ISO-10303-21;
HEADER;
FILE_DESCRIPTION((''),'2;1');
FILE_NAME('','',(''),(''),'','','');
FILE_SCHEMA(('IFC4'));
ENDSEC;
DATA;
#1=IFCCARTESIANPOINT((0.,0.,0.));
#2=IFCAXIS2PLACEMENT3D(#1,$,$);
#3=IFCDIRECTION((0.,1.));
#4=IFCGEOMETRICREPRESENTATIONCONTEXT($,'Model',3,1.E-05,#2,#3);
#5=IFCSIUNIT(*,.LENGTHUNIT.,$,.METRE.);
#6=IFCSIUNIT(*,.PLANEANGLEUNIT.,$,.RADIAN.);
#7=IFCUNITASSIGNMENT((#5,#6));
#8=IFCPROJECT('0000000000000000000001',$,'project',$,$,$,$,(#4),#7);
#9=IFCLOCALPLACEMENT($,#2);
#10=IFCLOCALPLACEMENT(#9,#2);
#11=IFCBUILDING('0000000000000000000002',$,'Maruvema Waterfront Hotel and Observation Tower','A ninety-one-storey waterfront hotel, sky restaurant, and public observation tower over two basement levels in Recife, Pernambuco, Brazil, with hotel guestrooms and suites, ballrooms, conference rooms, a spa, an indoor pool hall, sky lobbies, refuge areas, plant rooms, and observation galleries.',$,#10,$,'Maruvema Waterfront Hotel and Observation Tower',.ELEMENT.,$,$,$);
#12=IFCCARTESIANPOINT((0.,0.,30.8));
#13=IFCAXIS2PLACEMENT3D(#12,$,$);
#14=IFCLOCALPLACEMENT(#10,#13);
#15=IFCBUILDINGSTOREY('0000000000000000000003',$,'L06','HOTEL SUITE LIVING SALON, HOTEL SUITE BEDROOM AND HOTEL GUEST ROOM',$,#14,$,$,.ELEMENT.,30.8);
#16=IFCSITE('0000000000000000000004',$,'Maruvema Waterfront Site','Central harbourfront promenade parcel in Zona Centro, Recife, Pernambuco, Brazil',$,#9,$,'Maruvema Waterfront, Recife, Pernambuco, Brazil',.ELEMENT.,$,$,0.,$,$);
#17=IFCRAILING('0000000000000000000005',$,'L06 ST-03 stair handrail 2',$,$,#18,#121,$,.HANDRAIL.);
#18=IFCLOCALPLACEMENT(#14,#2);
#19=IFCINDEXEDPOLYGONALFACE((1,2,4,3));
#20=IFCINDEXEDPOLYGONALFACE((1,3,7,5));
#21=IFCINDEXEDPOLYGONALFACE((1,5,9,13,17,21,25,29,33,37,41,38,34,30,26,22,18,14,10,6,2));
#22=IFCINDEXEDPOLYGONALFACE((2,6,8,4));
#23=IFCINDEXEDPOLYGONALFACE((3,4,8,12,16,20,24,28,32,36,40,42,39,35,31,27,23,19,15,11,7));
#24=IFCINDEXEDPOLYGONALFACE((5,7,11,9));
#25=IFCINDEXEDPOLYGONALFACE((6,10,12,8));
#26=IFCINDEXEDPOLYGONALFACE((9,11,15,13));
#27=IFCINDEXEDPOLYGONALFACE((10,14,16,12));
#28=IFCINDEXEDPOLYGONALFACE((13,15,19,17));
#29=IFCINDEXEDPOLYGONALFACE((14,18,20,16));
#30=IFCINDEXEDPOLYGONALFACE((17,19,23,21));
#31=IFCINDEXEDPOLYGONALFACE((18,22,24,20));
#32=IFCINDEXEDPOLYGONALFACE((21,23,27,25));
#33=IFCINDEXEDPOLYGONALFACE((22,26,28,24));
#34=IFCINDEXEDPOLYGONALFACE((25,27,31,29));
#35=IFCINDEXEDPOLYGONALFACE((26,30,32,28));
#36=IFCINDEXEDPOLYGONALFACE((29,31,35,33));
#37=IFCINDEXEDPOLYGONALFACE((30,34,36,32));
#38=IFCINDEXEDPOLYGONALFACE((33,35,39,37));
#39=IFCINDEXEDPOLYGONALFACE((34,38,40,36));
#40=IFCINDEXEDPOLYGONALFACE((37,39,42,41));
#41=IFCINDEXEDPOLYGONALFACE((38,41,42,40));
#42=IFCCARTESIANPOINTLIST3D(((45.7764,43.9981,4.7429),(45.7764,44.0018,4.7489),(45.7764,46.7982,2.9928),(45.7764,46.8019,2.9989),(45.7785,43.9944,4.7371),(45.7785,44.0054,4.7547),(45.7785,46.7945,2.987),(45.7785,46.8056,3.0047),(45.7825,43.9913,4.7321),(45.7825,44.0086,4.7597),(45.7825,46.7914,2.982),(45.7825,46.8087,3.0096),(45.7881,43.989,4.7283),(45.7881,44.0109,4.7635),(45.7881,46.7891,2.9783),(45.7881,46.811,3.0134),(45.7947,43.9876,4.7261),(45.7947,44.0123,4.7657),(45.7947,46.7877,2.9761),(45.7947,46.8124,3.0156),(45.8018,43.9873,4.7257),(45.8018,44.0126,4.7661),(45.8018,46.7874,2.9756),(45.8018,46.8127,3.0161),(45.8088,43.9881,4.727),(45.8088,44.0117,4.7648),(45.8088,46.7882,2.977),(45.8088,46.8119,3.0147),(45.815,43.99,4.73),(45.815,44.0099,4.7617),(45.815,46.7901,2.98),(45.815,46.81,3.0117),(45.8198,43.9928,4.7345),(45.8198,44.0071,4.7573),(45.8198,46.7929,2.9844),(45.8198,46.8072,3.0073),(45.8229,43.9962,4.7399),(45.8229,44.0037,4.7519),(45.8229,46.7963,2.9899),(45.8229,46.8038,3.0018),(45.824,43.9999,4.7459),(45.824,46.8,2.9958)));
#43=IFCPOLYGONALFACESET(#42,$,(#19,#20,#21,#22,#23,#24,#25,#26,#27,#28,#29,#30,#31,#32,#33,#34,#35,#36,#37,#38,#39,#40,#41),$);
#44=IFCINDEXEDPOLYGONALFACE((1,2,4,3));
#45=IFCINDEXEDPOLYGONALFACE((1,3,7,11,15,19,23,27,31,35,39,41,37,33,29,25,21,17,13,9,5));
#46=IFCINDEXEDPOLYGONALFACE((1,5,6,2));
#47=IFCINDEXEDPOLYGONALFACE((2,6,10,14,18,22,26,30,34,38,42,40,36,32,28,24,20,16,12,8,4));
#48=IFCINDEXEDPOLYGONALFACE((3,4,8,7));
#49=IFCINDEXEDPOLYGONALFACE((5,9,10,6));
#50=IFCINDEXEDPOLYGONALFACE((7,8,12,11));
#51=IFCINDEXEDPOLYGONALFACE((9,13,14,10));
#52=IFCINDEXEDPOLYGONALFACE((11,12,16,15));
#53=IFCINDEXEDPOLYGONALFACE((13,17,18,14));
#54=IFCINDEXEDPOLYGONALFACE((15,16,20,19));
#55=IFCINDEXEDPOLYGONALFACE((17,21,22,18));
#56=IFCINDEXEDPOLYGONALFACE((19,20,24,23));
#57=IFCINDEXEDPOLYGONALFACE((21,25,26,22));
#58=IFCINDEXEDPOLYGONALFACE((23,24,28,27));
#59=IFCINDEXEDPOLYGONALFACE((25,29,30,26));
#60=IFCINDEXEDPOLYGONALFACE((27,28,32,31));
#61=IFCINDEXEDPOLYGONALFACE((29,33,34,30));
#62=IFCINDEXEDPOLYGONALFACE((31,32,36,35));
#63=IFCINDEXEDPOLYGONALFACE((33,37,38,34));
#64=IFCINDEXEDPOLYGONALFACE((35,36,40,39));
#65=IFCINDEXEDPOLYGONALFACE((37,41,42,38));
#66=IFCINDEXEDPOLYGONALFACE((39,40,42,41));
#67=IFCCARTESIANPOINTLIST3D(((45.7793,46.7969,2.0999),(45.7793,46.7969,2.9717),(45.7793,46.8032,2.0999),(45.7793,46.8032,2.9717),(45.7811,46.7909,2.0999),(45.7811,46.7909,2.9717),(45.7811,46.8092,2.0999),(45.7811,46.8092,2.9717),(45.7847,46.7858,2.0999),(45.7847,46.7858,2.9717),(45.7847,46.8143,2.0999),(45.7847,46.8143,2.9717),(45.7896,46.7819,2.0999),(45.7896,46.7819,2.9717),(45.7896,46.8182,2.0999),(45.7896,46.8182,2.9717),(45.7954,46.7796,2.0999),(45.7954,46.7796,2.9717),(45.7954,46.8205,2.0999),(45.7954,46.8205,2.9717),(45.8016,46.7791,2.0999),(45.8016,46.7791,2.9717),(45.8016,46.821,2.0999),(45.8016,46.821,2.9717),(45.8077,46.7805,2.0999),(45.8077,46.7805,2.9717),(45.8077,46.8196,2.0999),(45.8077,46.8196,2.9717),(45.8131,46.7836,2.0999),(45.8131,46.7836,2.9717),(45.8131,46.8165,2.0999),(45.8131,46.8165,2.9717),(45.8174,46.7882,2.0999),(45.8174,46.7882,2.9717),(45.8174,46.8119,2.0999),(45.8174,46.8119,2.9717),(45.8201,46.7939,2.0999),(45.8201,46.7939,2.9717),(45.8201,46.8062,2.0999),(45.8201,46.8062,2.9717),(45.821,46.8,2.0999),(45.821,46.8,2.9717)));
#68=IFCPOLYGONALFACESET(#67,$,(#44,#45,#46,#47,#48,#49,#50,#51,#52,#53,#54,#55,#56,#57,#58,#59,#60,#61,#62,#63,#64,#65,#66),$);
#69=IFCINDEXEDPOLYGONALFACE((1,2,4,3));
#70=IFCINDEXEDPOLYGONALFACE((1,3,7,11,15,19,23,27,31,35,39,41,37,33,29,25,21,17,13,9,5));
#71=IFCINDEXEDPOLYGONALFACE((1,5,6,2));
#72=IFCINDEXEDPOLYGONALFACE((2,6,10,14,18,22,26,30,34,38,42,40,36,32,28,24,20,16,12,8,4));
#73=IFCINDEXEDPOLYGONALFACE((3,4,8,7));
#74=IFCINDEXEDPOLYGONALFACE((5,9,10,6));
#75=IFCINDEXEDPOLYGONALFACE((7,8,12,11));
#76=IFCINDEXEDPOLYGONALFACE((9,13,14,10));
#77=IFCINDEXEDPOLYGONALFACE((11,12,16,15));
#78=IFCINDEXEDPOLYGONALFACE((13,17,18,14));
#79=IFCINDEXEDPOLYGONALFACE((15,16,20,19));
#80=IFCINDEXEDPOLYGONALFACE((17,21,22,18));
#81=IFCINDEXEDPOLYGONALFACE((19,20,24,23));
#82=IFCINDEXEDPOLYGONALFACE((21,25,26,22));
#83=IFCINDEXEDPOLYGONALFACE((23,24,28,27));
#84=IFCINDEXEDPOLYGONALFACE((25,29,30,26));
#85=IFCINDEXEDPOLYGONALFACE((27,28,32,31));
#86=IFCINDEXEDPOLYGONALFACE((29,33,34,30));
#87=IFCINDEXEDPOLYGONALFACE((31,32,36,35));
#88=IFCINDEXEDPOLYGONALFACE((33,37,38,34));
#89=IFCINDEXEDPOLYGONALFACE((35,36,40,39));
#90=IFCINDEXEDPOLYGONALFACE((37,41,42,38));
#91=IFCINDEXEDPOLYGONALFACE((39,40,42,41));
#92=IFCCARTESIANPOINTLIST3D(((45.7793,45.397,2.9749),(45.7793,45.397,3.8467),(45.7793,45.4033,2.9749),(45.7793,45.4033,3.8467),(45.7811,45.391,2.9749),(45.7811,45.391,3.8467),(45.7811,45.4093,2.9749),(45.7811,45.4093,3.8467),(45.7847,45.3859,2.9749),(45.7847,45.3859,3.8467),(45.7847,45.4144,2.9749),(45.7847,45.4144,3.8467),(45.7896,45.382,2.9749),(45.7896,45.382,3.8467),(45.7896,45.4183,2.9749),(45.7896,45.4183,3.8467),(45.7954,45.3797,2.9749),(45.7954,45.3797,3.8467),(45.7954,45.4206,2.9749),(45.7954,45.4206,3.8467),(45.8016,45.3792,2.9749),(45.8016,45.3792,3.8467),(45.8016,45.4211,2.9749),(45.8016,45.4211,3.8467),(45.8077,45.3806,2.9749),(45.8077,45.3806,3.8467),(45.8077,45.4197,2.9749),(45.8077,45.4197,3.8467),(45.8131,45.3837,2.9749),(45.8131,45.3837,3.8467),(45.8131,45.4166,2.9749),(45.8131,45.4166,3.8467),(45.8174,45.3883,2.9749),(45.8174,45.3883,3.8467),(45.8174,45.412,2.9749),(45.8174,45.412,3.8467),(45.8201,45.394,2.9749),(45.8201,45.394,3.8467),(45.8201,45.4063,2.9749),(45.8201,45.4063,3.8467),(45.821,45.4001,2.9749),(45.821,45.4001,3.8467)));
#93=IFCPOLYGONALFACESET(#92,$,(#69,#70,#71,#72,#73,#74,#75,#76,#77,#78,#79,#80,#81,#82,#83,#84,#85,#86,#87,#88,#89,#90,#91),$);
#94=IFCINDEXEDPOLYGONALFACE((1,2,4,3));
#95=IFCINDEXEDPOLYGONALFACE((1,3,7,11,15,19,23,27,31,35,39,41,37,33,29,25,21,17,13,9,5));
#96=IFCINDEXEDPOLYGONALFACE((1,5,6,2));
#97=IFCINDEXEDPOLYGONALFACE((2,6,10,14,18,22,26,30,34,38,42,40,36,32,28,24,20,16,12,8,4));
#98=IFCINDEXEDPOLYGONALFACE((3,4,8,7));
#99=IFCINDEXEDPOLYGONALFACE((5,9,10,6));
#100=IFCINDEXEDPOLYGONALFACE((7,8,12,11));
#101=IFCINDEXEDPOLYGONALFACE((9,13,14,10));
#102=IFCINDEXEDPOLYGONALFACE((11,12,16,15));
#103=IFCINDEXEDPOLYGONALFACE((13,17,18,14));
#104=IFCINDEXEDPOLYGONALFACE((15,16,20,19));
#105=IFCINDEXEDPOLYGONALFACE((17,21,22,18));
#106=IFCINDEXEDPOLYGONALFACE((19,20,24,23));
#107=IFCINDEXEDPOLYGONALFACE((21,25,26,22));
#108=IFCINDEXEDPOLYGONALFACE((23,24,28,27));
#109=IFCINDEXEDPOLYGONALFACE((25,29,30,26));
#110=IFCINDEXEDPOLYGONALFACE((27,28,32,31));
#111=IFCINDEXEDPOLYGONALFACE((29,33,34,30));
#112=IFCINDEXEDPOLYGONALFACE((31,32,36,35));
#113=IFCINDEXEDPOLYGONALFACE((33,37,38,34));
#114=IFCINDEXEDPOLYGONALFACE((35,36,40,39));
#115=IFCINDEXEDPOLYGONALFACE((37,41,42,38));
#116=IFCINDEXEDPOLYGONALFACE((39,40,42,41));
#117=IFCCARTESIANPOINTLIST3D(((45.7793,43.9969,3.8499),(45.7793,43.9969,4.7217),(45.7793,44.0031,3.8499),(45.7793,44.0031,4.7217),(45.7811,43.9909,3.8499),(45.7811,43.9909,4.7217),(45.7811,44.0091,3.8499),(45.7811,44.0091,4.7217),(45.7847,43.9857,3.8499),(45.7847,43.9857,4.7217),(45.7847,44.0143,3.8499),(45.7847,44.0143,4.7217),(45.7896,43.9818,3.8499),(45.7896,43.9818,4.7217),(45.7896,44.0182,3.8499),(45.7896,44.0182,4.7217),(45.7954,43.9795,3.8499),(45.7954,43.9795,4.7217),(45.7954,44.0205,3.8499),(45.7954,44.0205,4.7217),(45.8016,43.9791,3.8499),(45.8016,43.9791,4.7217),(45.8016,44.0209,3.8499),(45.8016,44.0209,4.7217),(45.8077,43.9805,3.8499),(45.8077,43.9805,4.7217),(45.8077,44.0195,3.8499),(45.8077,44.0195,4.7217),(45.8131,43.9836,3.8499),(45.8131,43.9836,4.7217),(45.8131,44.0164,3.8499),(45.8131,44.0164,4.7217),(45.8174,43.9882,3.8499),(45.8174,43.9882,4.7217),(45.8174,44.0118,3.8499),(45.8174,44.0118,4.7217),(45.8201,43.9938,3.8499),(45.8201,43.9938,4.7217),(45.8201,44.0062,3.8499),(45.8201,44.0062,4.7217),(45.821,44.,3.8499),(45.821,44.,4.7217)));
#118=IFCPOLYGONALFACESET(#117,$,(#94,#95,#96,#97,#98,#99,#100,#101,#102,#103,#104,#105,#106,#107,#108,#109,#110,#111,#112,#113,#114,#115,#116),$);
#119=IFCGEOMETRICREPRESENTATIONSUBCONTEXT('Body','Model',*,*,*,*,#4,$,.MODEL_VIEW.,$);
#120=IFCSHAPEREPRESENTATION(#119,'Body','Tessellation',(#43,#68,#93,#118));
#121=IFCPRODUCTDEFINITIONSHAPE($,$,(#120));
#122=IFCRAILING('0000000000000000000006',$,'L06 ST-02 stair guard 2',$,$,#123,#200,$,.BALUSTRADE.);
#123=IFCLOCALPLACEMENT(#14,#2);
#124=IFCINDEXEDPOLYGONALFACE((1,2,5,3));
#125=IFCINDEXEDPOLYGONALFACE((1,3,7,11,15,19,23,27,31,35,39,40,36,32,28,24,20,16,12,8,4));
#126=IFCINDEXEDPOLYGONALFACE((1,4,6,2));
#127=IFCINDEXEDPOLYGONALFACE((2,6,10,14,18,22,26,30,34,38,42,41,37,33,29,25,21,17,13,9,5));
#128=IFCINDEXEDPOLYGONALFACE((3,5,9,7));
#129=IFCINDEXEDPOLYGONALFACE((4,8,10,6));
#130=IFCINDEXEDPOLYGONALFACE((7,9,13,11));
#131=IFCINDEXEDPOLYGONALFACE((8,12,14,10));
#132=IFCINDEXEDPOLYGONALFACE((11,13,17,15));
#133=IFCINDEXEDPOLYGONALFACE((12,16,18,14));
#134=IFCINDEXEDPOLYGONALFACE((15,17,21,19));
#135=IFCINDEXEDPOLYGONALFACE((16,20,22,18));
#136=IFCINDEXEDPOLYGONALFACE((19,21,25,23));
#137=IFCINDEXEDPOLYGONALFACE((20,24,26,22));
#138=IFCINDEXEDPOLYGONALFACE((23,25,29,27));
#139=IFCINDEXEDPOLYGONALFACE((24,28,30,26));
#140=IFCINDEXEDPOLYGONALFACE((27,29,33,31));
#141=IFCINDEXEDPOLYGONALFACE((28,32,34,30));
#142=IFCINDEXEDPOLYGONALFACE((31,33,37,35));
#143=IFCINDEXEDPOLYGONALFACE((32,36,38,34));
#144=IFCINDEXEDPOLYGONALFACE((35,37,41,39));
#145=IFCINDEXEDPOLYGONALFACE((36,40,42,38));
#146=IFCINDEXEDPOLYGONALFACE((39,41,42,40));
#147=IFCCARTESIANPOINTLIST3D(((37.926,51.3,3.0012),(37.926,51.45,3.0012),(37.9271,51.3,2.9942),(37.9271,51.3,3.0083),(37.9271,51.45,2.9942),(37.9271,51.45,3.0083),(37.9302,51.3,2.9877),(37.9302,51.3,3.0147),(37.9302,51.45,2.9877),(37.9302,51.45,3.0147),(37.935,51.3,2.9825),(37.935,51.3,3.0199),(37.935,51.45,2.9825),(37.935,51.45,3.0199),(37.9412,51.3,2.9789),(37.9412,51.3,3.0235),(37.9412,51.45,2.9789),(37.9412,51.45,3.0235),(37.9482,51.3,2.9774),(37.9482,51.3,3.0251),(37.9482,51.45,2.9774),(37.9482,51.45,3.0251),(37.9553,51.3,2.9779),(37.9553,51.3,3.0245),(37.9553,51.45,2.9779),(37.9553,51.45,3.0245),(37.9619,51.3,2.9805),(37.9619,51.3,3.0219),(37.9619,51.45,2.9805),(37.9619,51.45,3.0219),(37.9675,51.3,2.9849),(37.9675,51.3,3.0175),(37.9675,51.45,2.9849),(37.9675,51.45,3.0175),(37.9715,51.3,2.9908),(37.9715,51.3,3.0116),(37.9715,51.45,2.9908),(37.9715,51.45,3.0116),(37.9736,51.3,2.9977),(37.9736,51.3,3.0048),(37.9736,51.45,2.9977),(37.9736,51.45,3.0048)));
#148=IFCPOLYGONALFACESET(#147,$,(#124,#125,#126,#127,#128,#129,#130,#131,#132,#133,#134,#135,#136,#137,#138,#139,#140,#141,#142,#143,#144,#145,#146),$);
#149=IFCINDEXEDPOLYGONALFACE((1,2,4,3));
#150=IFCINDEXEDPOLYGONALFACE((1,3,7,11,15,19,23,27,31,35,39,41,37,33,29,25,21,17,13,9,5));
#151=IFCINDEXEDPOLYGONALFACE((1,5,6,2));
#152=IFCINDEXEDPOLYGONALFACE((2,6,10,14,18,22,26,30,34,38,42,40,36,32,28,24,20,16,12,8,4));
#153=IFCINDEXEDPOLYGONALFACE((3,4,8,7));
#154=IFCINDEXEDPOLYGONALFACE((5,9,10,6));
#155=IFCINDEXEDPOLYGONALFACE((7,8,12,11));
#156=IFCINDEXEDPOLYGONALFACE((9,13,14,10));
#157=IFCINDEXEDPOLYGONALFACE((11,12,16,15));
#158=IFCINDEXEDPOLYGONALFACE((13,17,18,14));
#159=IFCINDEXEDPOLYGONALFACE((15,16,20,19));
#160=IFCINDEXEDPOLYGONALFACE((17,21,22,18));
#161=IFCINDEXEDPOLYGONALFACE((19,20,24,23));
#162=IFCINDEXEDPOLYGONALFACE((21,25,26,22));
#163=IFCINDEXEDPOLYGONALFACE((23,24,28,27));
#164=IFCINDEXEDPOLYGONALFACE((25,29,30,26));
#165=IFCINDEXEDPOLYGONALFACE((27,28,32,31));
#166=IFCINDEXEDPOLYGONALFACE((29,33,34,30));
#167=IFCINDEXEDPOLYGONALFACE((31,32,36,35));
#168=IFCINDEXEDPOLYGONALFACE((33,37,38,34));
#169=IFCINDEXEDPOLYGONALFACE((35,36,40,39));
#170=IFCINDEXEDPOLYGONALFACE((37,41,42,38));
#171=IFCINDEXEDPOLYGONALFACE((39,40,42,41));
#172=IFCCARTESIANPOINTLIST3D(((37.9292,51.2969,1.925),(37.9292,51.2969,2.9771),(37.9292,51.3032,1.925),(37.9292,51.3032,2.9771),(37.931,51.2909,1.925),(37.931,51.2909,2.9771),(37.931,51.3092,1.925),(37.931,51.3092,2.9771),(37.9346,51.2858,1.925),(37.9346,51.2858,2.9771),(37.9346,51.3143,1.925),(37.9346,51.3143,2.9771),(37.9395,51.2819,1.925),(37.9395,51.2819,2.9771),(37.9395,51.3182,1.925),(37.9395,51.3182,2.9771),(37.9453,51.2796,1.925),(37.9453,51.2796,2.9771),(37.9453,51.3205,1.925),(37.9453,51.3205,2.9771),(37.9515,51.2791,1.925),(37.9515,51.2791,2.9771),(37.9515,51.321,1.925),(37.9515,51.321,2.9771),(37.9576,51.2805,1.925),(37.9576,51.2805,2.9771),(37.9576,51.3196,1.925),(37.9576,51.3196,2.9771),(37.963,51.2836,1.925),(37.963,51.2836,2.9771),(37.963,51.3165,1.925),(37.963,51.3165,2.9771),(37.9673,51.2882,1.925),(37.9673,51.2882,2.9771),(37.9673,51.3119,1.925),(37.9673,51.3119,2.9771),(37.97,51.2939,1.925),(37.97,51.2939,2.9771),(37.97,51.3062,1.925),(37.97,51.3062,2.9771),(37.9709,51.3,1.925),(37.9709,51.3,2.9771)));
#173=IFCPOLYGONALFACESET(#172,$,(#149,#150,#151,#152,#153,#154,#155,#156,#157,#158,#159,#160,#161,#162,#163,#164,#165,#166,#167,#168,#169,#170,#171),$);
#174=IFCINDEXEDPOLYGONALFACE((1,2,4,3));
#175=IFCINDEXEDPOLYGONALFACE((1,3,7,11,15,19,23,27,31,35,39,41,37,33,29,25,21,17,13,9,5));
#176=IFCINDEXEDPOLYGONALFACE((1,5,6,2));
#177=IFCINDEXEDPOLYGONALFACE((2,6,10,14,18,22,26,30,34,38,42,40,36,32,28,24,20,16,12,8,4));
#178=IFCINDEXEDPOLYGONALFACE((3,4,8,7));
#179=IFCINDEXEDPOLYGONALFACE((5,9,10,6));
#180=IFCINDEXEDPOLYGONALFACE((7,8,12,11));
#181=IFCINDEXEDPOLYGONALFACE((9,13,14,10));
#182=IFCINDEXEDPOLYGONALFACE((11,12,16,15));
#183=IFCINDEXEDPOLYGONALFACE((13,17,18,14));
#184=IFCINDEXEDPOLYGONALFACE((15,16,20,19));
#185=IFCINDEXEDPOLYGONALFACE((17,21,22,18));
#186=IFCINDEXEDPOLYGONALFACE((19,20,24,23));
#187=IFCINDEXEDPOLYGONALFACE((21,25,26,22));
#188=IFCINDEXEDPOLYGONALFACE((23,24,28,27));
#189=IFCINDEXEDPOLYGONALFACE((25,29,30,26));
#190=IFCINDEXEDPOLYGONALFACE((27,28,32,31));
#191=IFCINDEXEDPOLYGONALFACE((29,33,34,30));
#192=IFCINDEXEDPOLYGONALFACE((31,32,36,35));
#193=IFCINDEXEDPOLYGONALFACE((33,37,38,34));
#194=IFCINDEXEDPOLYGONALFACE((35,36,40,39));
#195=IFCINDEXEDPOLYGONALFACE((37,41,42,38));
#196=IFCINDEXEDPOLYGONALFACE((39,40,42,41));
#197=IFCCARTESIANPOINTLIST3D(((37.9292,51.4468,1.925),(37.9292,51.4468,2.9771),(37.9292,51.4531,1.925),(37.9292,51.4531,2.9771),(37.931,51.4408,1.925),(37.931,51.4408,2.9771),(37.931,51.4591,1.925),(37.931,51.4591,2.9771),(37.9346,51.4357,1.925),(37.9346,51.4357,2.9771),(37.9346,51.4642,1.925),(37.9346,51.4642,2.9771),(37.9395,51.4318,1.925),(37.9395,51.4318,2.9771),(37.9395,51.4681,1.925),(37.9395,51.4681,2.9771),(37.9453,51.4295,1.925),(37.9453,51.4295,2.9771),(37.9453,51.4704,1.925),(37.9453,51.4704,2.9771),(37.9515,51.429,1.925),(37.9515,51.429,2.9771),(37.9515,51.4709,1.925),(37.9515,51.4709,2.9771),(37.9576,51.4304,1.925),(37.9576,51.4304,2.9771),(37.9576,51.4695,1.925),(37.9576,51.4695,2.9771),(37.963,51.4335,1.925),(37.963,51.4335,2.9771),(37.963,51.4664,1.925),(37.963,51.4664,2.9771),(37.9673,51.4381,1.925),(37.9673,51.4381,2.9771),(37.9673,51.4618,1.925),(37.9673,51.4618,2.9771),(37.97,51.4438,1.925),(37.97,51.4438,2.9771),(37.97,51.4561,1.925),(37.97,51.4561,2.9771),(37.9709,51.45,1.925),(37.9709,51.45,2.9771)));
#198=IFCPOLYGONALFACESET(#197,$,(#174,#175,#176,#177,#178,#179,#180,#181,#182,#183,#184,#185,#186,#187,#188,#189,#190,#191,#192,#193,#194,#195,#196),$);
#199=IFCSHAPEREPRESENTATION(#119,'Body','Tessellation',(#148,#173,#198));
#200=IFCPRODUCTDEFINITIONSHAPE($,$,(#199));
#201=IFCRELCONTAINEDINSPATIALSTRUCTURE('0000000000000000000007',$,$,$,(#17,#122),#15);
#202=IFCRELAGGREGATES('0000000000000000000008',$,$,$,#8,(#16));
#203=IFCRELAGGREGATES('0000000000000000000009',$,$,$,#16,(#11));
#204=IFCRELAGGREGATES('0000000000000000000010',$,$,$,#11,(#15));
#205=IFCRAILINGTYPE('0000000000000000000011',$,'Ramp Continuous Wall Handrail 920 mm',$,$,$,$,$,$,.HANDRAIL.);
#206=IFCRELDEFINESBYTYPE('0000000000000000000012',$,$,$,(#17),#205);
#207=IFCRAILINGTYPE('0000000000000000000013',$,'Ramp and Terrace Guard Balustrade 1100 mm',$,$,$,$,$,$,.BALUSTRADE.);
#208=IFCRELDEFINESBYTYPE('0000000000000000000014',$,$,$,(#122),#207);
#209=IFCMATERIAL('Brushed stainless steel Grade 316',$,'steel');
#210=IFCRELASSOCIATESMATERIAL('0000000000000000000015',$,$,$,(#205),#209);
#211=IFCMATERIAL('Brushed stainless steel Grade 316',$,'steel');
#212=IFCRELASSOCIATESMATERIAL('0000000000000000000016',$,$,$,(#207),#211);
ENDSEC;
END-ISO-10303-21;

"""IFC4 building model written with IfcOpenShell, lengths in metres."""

from ifc_helpers import new_model, si_unit, direction, frame, origin, origin_2d, place, context, subcontext, project, spatial, circle, extrude, material, type_object, element, save


model = new_model("IFC4")

# Units and contexts
model_context = context("Model", 3, precision=1e-05, world=origin(), true_north=direction((0.0, 1.0)))
body_context = subcontext(model_context, "Body", "Model", "MODEL_VIEW")
ifc_project = project(units=[si_unit("LENGTHUNIT", "METRE"), si_unit("PLANEANGLEUNIT", "RADIAN")], contexts=[model_context])

# Site, building, storey
site_placement = place(None, origin())
site = spatial("IfcSite", under=ifc_project, at=site_placement, Name="Maruvema Waterfront Site", Description="Central harbourfront promenade parcel in Zona Centro, Recife, Pernambuco, Brazil", LongName="Maruvema Waterfront, Recife, Pernambuco, Brazil", CompositionType="ELEMENT", RefElevation=0.0)
building_placement = place(site_placement, origin())
building = spatial("IfcBuilding", under=site, at=building_placement, Name="Maruvema Waterfront Hotel and Observation Tower", Description="A ninety-one-storey waterfront hotel, sky restaurant, and public observation tower over two basement levels in Recife, Pernambuco, Brazil, with hotel guestrooms and suites, ballrooms, conference rooms, a spa, an indoor pool hall, sky lobbies, refuge areas, plant rooms, and observation galleries.", LongName="Maruvema Waterfront Hotel and Observation Tower", CompositionType="ELEMENT")
storey_placement = place(building_placement, frame((0.0, 0.0, 30.8)))
storey = spatial("IfcBuildingStorey", under=building, at=storey_placement, Name="L06", Description="HOTEL SUITE LIVING SALON, HOTEL SUITE BEDROOM AND HOTEL GUEST ROOM", CompositionType="ELEMENT", Elevation=30.8)

# Railings
ifc_material_1 = material(Name="Brushed stainless steel Grade 316", Category="steel")
railing_type_1 = type_object("IfcRailingType", Name="Ramp Continuous Wall Handrail 920 mm", PredefinedType="HANDRAIL", material=ifc_material_1)
railing_1_placement = place(storey_placement, frame((45.8, 46.8, 2.0999)))
element("IfcRailing", 1, at=railing_1_placement, inside=storey, type_object=railing_type_1, Name="L06 ST-03 stair handrail 2", PredefinedType="HANDRAIL", context=body_context, shape_type="SweptSolid", body=[
    extrude(circle(Radius=0.0239, at=origin_2d()), frame((0.0, 0.0, 0.896), z_axis=(0.0, -0.848002, 0.529992), x_axis=(1.0, 0.0, 0.0)), (0.0, 0.0, 1.0), 3.302),
    extrude(circle(Radius=0.021, at=origin_2d()), origin(), (0.0, 0.0, 1.0), 0.8718),
    extrude(circle(Radius=0.021, at=origin_2d()), frame((0.0, -1.3999, 0.875)), (0.0, 0.0, 1.0), 0.8718),
    extrude(circle(Radius=0.021, at=origin_2d()), frame((0.0, -2.8, 1.75)), (0.0, 0.0, 1.0), 0.8718),
])
ifc_material_2 = material(Name="Brushed stainless steel Grade 316", Category="steel")
railing_type_2 = type_object("IfcRailingType", Name="Ramp and Terrace Guard Balustrade 1100 mm", PredefinedType="BALUSTRADE", material=ifc_material_2)
railing_2_placement = place(storey_placement, frame((37.95, 51.3, 1.925)))
element("IfcRailing", 2, at=railing_2_placement, inside=storey, type_object=railing_type_2, Name="L06 ST-02 stair guard 2", PredefinedType="BALUSTRADE", context=body_context, shape_type="SweptSolid", body=[
    extrude(circle(Radius=0.0239, at=origin_2d()), frame((0.0, 0.0, 1.0762), z_axis=(0.0, 1.0, 0.0), x_axis=(-1.0, 0.0, 0.0)), (0.0, 0.0, 1.0), 0.1499),
    extrude(circle(Radius=0.021, at=origin_2d()), origin(), (0.0, 0.0, 1.0), 1.052),
    extrude(circle(Radius=0.021, at=origin_2d()), frame((0.0, 0.1499, 0.0)), (0.0, 0.0, 1.0), 1.052),
])

save(model, "model.ifc")
